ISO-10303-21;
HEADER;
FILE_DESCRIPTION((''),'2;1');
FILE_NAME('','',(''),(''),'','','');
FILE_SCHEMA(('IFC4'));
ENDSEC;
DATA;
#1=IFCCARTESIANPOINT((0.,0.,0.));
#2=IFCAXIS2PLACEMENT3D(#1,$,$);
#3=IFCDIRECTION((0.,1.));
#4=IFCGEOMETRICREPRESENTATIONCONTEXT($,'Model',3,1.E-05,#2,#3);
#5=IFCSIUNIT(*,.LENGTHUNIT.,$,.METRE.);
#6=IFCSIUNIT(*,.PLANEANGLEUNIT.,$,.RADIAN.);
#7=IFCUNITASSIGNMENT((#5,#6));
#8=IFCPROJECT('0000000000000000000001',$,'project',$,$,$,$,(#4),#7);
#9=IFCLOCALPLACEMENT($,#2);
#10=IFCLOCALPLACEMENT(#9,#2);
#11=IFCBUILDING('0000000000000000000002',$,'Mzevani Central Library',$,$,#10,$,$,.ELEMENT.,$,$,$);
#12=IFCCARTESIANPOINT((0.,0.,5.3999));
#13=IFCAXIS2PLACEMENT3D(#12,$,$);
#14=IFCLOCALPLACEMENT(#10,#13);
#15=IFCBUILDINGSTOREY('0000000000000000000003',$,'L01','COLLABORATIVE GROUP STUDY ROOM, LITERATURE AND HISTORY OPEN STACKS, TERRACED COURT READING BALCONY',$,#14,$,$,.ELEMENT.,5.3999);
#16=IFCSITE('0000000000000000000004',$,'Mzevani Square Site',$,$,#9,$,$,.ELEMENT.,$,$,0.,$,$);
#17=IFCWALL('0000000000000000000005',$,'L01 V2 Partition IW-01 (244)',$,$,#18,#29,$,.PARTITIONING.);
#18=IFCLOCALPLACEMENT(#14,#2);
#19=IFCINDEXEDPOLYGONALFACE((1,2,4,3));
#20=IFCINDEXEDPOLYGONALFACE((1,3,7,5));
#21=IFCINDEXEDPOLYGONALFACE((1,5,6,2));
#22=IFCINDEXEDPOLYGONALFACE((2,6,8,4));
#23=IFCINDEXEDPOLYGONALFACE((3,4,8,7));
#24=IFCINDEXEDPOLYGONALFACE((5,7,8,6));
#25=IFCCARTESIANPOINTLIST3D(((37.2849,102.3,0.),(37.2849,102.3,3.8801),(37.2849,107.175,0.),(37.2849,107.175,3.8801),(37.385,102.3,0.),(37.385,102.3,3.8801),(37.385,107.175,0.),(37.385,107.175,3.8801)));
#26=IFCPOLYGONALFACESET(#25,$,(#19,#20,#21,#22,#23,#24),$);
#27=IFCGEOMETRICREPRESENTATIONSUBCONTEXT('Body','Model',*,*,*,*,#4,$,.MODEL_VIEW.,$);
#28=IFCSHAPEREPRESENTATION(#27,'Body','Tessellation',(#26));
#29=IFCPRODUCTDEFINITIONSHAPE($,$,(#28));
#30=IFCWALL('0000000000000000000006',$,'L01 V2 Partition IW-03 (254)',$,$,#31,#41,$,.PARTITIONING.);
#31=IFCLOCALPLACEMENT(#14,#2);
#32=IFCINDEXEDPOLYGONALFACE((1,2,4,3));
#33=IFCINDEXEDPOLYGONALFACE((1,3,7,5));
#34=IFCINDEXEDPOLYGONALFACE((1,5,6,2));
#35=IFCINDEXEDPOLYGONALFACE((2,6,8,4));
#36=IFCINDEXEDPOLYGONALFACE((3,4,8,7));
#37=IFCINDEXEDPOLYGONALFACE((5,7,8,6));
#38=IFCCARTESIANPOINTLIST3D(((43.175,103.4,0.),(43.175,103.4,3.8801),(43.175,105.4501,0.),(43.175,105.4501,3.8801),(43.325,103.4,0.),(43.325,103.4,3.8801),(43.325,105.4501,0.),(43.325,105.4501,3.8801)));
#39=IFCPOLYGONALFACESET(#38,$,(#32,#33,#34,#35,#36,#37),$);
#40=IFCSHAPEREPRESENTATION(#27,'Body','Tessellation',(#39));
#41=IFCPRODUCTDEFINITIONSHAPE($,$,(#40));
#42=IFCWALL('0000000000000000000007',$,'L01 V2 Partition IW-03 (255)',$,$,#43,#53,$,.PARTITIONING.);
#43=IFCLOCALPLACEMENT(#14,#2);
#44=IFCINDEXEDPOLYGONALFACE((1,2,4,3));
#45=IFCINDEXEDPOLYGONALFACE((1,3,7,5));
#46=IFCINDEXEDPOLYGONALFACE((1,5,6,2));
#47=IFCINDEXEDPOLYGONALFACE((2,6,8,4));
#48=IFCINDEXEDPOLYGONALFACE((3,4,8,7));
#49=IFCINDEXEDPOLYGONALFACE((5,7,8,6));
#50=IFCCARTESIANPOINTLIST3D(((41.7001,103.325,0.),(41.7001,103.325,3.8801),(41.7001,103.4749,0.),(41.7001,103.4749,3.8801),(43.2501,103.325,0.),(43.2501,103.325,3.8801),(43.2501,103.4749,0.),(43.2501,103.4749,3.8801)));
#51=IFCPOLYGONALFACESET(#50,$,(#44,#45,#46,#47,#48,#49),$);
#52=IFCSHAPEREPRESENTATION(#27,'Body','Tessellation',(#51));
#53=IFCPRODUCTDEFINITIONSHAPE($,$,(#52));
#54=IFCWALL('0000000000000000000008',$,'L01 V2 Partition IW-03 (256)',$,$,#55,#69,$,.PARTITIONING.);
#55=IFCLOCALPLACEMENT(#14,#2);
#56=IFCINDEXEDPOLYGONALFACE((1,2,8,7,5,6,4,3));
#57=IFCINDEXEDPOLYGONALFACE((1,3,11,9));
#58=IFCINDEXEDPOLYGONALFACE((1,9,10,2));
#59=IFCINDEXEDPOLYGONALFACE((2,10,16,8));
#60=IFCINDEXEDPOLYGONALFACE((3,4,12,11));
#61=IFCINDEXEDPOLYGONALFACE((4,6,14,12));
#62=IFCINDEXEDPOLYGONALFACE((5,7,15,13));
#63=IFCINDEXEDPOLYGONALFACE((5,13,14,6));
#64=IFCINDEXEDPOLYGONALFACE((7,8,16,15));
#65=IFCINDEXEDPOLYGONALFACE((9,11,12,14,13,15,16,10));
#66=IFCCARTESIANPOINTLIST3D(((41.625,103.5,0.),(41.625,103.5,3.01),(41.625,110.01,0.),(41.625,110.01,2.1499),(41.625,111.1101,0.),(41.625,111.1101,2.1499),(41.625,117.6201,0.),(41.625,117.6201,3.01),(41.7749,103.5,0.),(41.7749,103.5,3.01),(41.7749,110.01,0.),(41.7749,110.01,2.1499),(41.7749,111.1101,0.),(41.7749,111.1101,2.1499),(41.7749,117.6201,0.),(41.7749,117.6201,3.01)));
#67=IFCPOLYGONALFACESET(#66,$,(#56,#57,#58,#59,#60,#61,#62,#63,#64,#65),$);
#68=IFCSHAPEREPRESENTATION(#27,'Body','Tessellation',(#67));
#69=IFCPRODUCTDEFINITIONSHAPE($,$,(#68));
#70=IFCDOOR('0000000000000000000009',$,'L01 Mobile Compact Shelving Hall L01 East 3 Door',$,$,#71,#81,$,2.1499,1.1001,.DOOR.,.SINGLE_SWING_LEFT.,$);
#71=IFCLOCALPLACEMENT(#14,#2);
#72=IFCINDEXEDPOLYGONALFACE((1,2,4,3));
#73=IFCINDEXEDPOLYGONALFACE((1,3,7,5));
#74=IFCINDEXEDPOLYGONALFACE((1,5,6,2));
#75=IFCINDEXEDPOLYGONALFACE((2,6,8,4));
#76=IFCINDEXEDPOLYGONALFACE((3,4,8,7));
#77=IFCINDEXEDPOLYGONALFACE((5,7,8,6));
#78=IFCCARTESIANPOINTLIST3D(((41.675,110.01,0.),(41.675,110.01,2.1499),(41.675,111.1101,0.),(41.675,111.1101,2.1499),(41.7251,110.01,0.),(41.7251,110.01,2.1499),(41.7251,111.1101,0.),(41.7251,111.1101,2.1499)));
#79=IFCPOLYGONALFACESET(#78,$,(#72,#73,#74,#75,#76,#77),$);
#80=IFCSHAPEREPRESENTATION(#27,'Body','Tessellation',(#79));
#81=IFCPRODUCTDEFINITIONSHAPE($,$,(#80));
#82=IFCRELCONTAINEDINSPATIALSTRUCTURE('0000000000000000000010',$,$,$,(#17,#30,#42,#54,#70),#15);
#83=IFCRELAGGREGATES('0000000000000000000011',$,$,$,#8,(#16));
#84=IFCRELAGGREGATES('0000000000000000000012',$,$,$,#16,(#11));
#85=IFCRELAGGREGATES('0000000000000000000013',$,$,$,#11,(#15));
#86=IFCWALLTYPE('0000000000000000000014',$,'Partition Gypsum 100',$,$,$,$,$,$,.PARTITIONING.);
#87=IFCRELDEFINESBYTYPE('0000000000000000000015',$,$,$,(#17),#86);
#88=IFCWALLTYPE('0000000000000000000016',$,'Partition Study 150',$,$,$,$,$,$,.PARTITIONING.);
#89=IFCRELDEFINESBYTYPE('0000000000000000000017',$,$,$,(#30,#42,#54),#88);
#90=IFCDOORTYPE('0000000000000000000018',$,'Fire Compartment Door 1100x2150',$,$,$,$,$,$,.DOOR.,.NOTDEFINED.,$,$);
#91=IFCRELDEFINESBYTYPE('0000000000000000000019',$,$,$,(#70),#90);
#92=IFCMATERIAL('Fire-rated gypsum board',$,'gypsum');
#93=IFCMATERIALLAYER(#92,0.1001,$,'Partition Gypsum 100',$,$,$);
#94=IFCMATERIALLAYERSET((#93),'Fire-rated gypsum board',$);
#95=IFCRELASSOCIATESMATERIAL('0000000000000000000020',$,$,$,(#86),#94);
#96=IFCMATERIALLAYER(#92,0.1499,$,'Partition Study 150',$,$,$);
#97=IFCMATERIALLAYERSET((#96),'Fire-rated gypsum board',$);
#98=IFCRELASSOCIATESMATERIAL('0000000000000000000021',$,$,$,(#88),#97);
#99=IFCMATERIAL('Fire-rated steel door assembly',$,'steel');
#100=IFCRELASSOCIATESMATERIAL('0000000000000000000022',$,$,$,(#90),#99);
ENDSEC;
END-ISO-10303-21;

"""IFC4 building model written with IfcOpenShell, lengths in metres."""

from ifc_helpers import new_model, si_unit, direction, frame, frame_2d, origin, place, context, subcontext, project, spatial, rectangle, extrude, material, layer, layer_set, type_object, element, fill, save


model = new_model("IFC4")

# Units and contexts
model_context = context("Model", 3, precision=1e-05, world=origin(), true_north=direction((0.0, 1.0)))
body_context = subcontext(model_context, "Body", "Model", "MODEL_VIEW")
ifc_project = project(units=[si_unit("LENGTHUNIT", "METRE"), si_unit("PLANEANGLEUNIT", "RADIAN")], contexts=[model_context])

# Site, building, storey
site_placement = place(None, origin())
site = spatial("IfcSite", under=ifc_project, at=site_placement, Name="Mzevani Square Site", CompositionType="ELEMENT", RefElevation=0.0)
building_placement = place(site_placement, origin())
building = spatial("IfcBuilding", under=site, at=building_placement, Name="Mzevani Central Library", CompositionType="ELEMENT")
storey_placement = place(building_placement, frame((0.0, 0.0, 5.3999)))
storey = spatial("IfcBuildingStorey", under=building, at=storey_placement, Name="L01", Description="COLLABORATIVE GROUP STUDY ROOM, LITERATURE AND HISTORY OPEN STACKS, TERRACED COURT READING BALCONY", CompositionType="ELEMENT", Elevation=5.3999)

# Walls
ifc_material_1 = material(Name="Fire-rated gypsum board", Category="gypsum")
ifc_layer_1 = layer(ifc_material_1, 0.1001, Name="Partition Gypsum 100")
ifc_layer_set_1 = layer_set([ifc_layer_1], Name="Fire-rated gypsum board")
wall_type_1 = type_object("IfcWallType", Name="Partition Gypsum 100", PredefinedType="PARTITIONING", material=ifc_layer_set_1)
wall_1_placement = place(storey_placement, frame((37.335, 107.175, 0.0), z_axis=(0.0, 0.0, 1.0), x_axis=(0.0, -1.0, 0.0)))
element("IfcWall", 1, at=wall_1_placement, inside=storey, type_object=wall_type_1, Name="L01 V2 Partition IW-01 (244)", PredefinedType="PARTITIONING", context=body_context, shape_type="SweptSolid", body=[
    extrude(rectangle(XDim=4.875, YDim=0.1001, at=frame_2d((2.4375, 0.0))), origin(), (0.0, 0.0, 1.0), 3.8801),
])
ifc_layer_2 = layer(ifc_material_1, 0.1499, Name="Partition Study 150")
ifc_layer_set_2 = layer_set([ifc_layer_2], Name="Fire-rated gypsum board")
wall_type_2 = type_object("IfcWallType", Name="Partition Study 150", PredefinedType="PARTITIONING", material=ifc_layer_set_2)
wall_2_placement = place(storey_placement, frame((43.25, 105.45, 0.0), z_axis=(0.0, 0.0, 1.0), x_axis=(0.0, -1.0, 0.0)))
element("IfcWall", 2, at=wall_2_placement, inside=storey, type_object=wall_type_2, Name="L01 V2 Partition IW-03 (254)", PredefinedType="PARTITIONING", context=body_context, shape_type="SweptSolid", body=[
    extrude(rectangle(XDim=2.05, YDim=0.1499, at=frame_2d((1.0249, 0.0))), origin(), (0.0, 0.0, 1.0), 3.8801),
])
wall_3_placement = place(storey_placement, frame((43.25, 103.3999, 0.0), z_axis=(0.0, 0.0, 1.0), x_axis=(-1.0, 0.0, 0.0)))
element("IfcWall", 3, at=wall_3_placement, inside=storey, type_object=wall_type_2, Name="L01 V2 Partition IW-03 (255)", PredefinedType="PARTITIONING", context=body_context, shape_type="SweptSolid", body=[
    extrude(rectangle(XDim=1.55, YDim=0.1499, at=frame_2d((0.7749, 0.0))), origin(), (0.0, 0.0, 1.0), 3.8801),
])

# Wall, opening, door
wall_4_placement = place(storey_placement, frame((41.7, 103.5, 0.0), z_axis=(0.0, 0.0, 1.0), x_axis=(0.0, 1.0, 0.0)))
wall_4 = element("IfcWall", 4, at=wall_4_placement, inside=storey, type_object=wall_type_2, Name="L01 V2 Partition IW-03 (256)", PredefinedType="PARTITIONING", context=body_context, shape_type="SweptSolid", body=[
    extrude(rectangle(XDim=14.1201, YDim=0.1499, at=frame_2d((7.0601, 0.0))), origin(), (0.0, 0.0, 1.0), 3.01),
])
opening_placement = place(wall_4_placement, frame((6.51, 0.0, 0.0)))
opening = element("IfcOpeningElement", 5, at=opening_placement, cuts=wall_4, PredefinedType="OPENING", context=body_context, shape_type="SweptSolid", body=[
    extrude(rectangle(XDim=1.1001, YDim=2.1499, at=frame_2d((0.55, 1.075))), frame((0.0, 0.085, 0.0), z_axis=(0.0, -1.0, 0.0), x_axis=(1.0, 0.0, 0.0)), (0.0, 0.0, 1.0), 0.1699),
])
ifc_material_2 = material(Name="Fire-rated steel door assembly", Category="steel")
door_type = type_object("IfcDoorType", Name="Fire Compartment Door 1100x2150", OperationType="NOTDEFINED", PredefinedType="DOOR", material=ifc_material_2)
door_placement = place(opening_placement, origin())
door = element("IfcDoor", 6, at=door_placement, inside=storey, type_object=door_type, Name="L01 Mobile Compact Shelving Hall L01 East 3 Door", OperationType="SINGLE_SWING_LEFT", OverallHeight=2.1499, OverallWidth=1.1001, PredefinedType="DOOR", context=body_context, shape_type="SweptSolid", body=[
    extrude(rectangle(XDim=1.1001, YDim=2.1499, at=frame_2d((0.55, 1.075))), frame((0.0, 0.0249, 0.0), z_axis=(0.0, -1.0, 0.0), x_axis=(1.0, 0.0, 0.0)), (0.0, 0.0, 1.0), 0.05),
])
fill(opening, door)

save(model, "model.ifc")
